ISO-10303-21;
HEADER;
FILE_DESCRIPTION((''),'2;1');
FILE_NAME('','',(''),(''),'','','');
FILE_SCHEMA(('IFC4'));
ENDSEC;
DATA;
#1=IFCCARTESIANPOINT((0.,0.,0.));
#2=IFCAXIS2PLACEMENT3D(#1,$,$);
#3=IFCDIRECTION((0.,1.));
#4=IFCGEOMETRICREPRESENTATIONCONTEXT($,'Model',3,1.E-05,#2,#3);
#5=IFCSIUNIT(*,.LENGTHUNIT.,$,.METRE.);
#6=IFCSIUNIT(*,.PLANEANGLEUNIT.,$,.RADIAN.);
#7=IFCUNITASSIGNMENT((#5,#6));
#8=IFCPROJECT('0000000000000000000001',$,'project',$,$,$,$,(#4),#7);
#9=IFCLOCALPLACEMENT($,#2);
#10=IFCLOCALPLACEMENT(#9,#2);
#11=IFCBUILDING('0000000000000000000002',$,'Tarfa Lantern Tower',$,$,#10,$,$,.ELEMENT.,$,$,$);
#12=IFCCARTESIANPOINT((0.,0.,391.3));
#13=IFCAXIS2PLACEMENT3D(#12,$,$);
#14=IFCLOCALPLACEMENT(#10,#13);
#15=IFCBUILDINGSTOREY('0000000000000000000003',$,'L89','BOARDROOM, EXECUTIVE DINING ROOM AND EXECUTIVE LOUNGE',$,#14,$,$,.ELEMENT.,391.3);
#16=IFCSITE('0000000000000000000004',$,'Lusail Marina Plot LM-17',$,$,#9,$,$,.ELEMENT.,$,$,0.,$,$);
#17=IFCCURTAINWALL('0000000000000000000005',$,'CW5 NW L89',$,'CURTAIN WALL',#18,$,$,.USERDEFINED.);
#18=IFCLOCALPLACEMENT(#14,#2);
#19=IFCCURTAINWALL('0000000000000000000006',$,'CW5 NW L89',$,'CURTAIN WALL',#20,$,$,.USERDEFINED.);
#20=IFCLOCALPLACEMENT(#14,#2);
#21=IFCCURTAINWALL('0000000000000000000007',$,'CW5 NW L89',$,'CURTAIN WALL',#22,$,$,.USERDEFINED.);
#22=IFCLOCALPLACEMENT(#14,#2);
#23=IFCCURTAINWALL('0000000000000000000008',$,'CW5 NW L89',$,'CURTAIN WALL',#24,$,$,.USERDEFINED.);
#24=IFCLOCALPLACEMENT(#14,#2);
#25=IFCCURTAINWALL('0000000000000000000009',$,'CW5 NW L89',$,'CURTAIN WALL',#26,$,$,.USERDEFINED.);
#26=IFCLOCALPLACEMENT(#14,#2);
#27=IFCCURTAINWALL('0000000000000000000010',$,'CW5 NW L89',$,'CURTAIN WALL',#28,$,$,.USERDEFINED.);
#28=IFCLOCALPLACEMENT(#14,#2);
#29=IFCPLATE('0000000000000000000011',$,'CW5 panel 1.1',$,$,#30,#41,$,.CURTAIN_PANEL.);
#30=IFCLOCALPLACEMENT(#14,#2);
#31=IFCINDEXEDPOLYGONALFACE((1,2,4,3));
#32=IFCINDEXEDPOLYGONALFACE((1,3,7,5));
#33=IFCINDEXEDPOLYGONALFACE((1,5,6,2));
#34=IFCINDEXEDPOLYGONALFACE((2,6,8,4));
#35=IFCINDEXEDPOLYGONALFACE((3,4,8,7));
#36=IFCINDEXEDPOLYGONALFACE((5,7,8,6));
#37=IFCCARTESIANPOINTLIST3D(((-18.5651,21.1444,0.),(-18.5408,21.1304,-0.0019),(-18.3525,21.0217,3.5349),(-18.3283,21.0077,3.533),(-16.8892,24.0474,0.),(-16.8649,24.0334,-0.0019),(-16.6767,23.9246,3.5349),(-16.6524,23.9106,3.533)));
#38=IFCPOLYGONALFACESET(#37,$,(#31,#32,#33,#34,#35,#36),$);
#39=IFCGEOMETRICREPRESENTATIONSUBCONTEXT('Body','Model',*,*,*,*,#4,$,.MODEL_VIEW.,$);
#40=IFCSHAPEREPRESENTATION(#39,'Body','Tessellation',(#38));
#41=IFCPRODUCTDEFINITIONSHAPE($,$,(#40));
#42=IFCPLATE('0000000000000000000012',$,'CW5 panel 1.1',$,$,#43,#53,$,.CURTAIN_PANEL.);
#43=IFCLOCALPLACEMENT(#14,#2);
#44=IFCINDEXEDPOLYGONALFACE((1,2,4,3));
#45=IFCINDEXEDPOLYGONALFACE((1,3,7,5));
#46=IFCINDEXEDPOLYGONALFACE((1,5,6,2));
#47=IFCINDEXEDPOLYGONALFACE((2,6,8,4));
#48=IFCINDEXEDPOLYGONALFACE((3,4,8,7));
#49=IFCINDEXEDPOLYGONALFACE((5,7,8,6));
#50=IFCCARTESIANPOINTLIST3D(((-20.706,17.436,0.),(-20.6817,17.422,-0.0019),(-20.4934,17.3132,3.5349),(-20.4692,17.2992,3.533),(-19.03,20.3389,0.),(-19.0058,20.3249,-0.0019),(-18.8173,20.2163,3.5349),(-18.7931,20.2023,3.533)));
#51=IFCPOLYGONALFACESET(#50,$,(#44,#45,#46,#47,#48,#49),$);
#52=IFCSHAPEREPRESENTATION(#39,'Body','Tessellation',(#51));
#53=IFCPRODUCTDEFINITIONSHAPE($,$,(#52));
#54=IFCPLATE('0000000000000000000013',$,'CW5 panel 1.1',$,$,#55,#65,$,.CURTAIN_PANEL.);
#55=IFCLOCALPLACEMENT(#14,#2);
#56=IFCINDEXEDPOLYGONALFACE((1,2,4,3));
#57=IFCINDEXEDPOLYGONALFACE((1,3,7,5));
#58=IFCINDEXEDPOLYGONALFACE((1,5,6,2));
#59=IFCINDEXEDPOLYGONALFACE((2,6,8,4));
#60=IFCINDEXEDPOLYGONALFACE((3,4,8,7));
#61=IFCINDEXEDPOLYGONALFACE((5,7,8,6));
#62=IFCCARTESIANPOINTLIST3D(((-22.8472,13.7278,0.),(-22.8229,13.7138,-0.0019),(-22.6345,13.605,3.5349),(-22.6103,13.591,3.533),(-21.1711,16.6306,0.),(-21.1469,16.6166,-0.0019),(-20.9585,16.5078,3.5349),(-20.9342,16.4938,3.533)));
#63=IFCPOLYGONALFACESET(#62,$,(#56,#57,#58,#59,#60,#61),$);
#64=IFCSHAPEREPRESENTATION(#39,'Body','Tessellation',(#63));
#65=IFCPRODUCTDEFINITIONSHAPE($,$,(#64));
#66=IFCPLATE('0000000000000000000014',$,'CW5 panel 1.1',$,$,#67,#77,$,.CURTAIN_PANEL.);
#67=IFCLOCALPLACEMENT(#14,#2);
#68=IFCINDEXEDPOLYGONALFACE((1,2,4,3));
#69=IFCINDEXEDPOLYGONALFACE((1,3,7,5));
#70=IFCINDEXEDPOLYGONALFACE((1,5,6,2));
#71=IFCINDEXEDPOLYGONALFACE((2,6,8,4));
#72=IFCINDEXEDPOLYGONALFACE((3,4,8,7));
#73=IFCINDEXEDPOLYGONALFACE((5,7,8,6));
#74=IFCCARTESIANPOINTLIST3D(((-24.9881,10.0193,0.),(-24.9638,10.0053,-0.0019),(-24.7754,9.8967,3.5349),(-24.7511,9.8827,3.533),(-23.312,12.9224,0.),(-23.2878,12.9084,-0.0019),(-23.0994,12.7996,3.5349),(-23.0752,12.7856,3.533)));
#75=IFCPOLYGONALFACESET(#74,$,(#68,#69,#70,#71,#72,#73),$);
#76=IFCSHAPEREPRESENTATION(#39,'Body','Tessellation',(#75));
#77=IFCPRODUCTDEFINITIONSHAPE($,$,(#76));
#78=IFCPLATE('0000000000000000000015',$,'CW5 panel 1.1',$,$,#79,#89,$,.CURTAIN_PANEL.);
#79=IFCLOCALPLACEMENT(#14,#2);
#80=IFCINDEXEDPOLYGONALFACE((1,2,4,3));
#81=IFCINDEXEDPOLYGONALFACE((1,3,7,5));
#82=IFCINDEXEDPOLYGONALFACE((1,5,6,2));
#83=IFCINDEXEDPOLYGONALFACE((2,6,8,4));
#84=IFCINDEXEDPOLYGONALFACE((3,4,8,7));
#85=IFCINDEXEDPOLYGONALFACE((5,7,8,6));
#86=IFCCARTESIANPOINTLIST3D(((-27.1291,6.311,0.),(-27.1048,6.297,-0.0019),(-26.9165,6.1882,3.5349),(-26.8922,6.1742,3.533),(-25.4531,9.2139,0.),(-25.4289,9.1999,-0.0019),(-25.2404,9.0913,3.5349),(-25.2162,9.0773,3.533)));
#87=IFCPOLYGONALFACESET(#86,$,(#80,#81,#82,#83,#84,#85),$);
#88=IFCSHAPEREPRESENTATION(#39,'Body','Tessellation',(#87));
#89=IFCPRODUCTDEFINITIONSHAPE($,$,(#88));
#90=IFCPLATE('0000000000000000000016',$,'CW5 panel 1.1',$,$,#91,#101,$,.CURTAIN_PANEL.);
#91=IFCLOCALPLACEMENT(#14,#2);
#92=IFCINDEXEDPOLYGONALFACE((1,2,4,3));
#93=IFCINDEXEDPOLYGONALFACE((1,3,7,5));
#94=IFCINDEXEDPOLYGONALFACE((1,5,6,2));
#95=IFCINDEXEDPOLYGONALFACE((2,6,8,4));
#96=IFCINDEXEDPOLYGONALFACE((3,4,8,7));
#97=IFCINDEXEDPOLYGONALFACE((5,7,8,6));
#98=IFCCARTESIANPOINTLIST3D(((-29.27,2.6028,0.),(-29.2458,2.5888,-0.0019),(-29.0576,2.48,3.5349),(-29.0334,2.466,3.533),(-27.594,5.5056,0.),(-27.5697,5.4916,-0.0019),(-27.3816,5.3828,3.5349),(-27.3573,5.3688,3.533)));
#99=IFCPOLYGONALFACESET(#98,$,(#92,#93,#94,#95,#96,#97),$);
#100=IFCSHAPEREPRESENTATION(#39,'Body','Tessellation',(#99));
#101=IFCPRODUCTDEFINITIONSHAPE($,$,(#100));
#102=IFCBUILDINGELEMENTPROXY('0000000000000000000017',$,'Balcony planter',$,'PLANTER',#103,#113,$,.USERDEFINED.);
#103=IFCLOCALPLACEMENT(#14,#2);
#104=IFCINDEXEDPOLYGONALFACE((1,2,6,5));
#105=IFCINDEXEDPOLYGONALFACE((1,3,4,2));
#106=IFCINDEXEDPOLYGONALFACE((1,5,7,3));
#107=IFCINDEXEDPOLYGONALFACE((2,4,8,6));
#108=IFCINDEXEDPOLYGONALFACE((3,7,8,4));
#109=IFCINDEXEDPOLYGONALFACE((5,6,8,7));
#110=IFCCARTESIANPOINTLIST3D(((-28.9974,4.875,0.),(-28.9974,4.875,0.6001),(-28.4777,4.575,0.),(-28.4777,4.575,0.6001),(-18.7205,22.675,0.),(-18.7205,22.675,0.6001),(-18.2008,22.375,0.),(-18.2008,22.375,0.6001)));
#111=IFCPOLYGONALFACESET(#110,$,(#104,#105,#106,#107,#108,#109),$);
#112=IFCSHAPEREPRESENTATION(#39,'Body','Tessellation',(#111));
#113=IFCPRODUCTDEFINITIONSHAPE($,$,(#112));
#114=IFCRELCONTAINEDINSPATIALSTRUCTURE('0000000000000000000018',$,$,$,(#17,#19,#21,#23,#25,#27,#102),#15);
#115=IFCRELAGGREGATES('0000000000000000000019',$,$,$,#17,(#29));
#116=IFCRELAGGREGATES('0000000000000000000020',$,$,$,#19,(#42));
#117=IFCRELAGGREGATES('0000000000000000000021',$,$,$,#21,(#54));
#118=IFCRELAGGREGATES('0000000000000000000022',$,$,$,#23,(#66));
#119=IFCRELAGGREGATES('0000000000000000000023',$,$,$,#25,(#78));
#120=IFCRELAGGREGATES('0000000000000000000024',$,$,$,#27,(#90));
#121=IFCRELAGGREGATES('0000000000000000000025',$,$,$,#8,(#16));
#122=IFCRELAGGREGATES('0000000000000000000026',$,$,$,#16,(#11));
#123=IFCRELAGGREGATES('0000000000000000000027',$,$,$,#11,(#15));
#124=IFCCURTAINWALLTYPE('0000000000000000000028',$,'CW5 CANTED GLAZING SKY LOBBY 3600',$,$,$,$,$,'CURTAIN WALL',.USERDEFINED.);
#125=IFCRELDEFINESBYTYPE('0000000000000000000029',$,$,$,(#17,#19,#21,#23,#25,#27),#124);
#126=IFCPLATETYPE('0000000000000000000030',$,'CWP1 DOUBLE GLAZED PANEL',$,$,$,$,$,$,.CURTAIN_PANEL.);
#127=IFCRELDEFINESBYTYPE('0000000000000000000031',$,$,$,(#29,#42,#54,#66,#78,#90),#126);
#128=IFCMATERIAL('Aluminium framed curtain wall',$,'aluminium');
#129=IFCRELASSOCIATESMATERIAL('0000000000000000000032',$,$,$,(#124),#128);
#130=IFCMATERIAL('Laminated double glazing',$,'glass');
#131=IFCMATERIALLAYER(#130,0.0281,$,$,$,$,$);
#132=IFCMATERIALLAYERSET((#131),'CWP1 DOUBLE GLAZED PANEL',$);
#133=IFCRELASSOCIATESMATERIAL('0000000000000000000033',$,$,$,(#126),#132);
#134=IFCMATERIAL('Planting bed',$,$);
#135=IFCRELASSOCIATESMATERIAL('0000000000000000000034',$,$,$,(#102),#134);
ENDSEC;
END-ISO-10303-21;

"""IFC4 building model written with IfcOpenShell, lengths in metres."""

from ifc_helpers import new_model, si_unit, direction, frame, origin, origin_2d, place, context, subcontext, project, spatial, polyline, rectangle, outline, extrude, material, layer, layer_set, type_object, element, aggregate, save


model = new_model("IFC4")

# Units and contexts
model_context = context("Model", 3, precision=1e-05, world=origin(), true_north=direction((0.0, 1.0)))
body_context = subcontext(model_context, "Body", "Model", "MODEL_VIEW")
ifc_project = project(units=[si_unit("LENGTHUNIT", "METRE"), si_unit("PLANEANGLEUNIT", "RADIAN")], contexts=[model_context])

# Site, building, storey
site_placement = place(None, origin())
site = spatial("IfcSite", under=ifc_project, at=site_placement, Name="Lusail Marina Plot LM-17", CompositionType="ELEMENT", RefElevation=0.0)
building_placement = place(site_placement, origin())
building = spatial("IfcBuilding", under=site, at=building_placement, Name="Tarfa Lantern Tower", CompositionType="ELEMENT")
storey_placement = place(building_placement, frame((0.0, 0.0, 391.3)))
storey = spatial("IfcBuildingStorey", under=building, at=storey_placement, Name="L89", Description="BOARDROOM, EXECUTIVE DINING ROOM AND EXECUTIVE LOUNGE", CompositionType="ELEMENT", Elevation=391.3)

# Curtain wall
ifc_material_1 = material(Name="Aluminium framed curtain wall", Category="aluminium")
curtain_wall_type = type_object("IfcCurtainWallType", Name="CW5 CANTED GLAZING SKY LOBBY 3600", ElementType="CURTAIN WALL", PredefinedType="USERDEFINED", material=ifc_material_1)
curtain_wall_1_placement = place(storey_placement, origin())
curtain_wall_1 = element("IfcCurtainWall", 1, at=curtain_wall_1_placement, inside=storey, type_object=curtain_wall_type, Name="CW5 NW L89", ObjectType="CURTAIN WALL", PredefinedType="USERDEFINED")

# Curtain walls
curtain_wall_2_placement = place(storey_placement, origin())
curtain_wall_2 = element("IfcCurtainWall", 2, at=curtain_wall_2_placement, inside=storey, type_object=curtain_wall_type, Name="CW5 NW L89", ObjectType="CURTAIN WALL", PredefinedType="USERDEFINED")
curtain_wall_3_placement = place(storey_placement, origin())
curtain_wall_3 = element("IfcCurtainWall", 3, at=curtain_wall_3_placement, inside=storey, type_object=curtain_wall_type, Name="CW5 NW L89", ObjectType="CURTAIN WALL", PredefinedType="USERDEFINED")
curtain_wall_4_placement = place(storey_placement, origin())
curtain_wall_4 = element("IfcCurtainWall", 4, at=curtain_wall_4_placement, inside=storey, type_object=curtain_wall_type, Name="CW5 NW L89", ObjectType="CURTAIN WALL", PredefinedType="USERDEFINED")
curtain_wall_5_placement = place(storey_placement, origin())
curtain_wall_5 = element("IfcCurtainWall", 5, at=curtain_wall_5_placement, inside=storey, type_object=curtain_wall_type, Name="CW5 NW L89", ObjectType="CURTAIN WALL", PredefinedType="USERDEFINED")
curtain_wall_6_placement = place(storey_placement, origin())
curtain_wall_6 = element("IfcCurtainWall", 6, at=curtain_wall_6_placement, inside=storey, type_object=curtain_wall_type, Name="CW5 NW L89", ObjectType="CURTAIN WALL", PredefinedType="USERDEFINED")

# Plates
ifc_material_2 = material(Name="Laminated double glazing", Category="glass")
ifc_layer = layer(ifc_material_2, 0.0281)
ifc_layer_set = layer_set([ifc_layer], Name="CWP1 DOUBLE GLAZED PANEL")
plate_type = type_object("IfcPlateType", Name="CWP1 DOUBLE GLAZED PANEL", PredefinedType="CURTAIN_PANEL", material=ifc_layer_set)
plate_1_placement = place(storey_placement, frame((-16.8892, 24.0474, 0.0), z_axis=(-0.863961, 0.498773, 0.069253), x_axis=(-0.499973, -0.866041, 0.000003)))
plate_1 = element("IfcPlate", 7, at=plate_1_placement, type_object=plate_type, Name="CW5 panel 1.1", PredefinedType="CURTAIN_PANEL", context=body_context, shape_type="SweptSolid", body=[
    extrude(outline(polyline([(0.0, 0.0), (3.352, 0.0), (3.352, 3.5434), (0.0, 3.5434), (0.0, 0.0)])), origin(), (0.0, 0.0, -1.0), 0.0281),
])
aggregate(curtain_wall_1, [plate_1])
plate_2_placement = place(storey_placement, frame((-19.03, 20.3389, 0.0), z_axis=(-0.863944, 0.498799, 0.069283), x_axis=(-0.500001, -0.866025, -0.000001)))
plate_2 = element("IfcPlate", 8, at=plate_2_placement, type_object=plate_type, Name="CW5 panel 1.1", PredefinedType="CURTAIN_PANEL", context=body_context, shape_type="SweptSolid", body=[
    extrude(outline(polyline([(0.0, 0.0), (3.3519, 0.0), (3.352, 3.5434), (-0.0002, 3.5434), (0.0, 0.0)])), origin(), (0.0, 0.0, -1.0), 0.0281),
])
aggregate(curtain_wall_2, [plate_2])
plate_3_placement = place(storey_placement, frame((-21.1711, 16.6306, 0.0), z_axis=(-0.863934, 0.498815, 0.0693), x_axis=(-0.500017, -0.866016, 0.0)))
plate_3 = element("IfcPlate", 9, at=plate_3_placement, type_object=plate_type, Name="CW5 panel 1.1", PredefinedType="CURTAIN_PANEL", context=body_context, shape_type="SweptSolid", body=[
    extrude(outline(polyline([(0.0, 0.0), (3.3519, 0.0), (3.352, 3.5434), (0.0, 3.5434), (0.0, 0.0)])), origin(), (0.0, 0.0, -1.0), 0.0281),
])
aggregate(curtain_wall_3, [plate_3])
plate_4_placement = place(storey_placement, frame((-23.312, 12.9224, 0.0), z_axis=(-0.863944, 0.498799, 0.069283), x_axis=(-0.500001, -0.866025, 0.000001)))
plate_4 = element("IfcPlate", 10, at=plate_4_placement, type_object=plate_type, Name="CW5 panel 1.1", PredefinedType="CURTAIN_PANEL", context=body_context, shape_type="SweptSolid", body=[
    extrude(outline(polyline([(0.0, 0.0), (3.3522, 0.0), (3.352, 3.5434), (0.0, 3.5434), (0.0, 0.0)])), origin(), (0.0, 0.0, -1.0), 0.0281),
])
aggregate(curtain_wall_4, [plate_4])
plate_5_placement = place(storey_placement, frame((-25.4531, 9.2139, 0.0), z_axis=(-0.863944, 0.498799, 0.069283), x_axis=(-0.500001, -0.866025, -0.000001)))
plate_5 = element("IfcPlate", 11, at=plate_5_placement, type_object=plate_type, Name="CW5 panel 1.1", PredefinedType="CURTAIN_PANEL", context=body_context, shape_type="SweptSolid", body=[
    extrude(outline(polyline([(0.0, 0.0), (3.3519, 0.0), (3.352, 3.5434), (-0.0002, 3.5434), (0.0, 0.0)])), origin(), (0.0, 0.0, -1.0), 0.0281),
])
aggregate(curtain_wall_5, [plate_5])
plate_6_placement = place(storey_placement, frame((-27.594, 5.5056, 0.0), z_axis=(-0.863937, 0.498817, 0.06924), x_axis=(-0.500017, -0.866016, 0.0)))
plate_6 = element("IfcPlate", 12, at=plate_6_placement, type_object=plate_type, Name="CW5 panel 1.1", PredefinedType="CURTAIN_PANEL", context=body_context, shape_type="SweptSolid", body=[
    extrude(outline(polyline([(0.0, 0.0), (3.3519, 0.0), (3.3521, 3.5434), (0.0001, 3.5434), (0.0, 0.0)])), origin(), (0.0, 0.0, -1.0), 0.0281),
])
aggregate(curtain_wall_6, [plate_6])

# Building element proxy
ifc_material_3 = material(Name="Planting bed")
proxy_placement = place(storey_placement, frame((-23.5991, 13.625, 0.0), z_axis=(0.0, 0.0, 1.0), x_axis=(-0.5, -0.866025, 0.0)))
element("IfcBuildingElementProxy", 13, at=proxy_placement, inside=storey, material=ifc_material_3, Name="Balcony planter", ObjectType="PLANTER", PredefinedType="USERDEFINED", context=body_context, shape_type="SweptSolid", body=[
    extrude(rectangle(XDim=20.5537, YDim=0.6001, at=origin_2d()), origin(), (0.0, 0.0, 1.0), 0.6001),
])

save(model, "model.ifc")
